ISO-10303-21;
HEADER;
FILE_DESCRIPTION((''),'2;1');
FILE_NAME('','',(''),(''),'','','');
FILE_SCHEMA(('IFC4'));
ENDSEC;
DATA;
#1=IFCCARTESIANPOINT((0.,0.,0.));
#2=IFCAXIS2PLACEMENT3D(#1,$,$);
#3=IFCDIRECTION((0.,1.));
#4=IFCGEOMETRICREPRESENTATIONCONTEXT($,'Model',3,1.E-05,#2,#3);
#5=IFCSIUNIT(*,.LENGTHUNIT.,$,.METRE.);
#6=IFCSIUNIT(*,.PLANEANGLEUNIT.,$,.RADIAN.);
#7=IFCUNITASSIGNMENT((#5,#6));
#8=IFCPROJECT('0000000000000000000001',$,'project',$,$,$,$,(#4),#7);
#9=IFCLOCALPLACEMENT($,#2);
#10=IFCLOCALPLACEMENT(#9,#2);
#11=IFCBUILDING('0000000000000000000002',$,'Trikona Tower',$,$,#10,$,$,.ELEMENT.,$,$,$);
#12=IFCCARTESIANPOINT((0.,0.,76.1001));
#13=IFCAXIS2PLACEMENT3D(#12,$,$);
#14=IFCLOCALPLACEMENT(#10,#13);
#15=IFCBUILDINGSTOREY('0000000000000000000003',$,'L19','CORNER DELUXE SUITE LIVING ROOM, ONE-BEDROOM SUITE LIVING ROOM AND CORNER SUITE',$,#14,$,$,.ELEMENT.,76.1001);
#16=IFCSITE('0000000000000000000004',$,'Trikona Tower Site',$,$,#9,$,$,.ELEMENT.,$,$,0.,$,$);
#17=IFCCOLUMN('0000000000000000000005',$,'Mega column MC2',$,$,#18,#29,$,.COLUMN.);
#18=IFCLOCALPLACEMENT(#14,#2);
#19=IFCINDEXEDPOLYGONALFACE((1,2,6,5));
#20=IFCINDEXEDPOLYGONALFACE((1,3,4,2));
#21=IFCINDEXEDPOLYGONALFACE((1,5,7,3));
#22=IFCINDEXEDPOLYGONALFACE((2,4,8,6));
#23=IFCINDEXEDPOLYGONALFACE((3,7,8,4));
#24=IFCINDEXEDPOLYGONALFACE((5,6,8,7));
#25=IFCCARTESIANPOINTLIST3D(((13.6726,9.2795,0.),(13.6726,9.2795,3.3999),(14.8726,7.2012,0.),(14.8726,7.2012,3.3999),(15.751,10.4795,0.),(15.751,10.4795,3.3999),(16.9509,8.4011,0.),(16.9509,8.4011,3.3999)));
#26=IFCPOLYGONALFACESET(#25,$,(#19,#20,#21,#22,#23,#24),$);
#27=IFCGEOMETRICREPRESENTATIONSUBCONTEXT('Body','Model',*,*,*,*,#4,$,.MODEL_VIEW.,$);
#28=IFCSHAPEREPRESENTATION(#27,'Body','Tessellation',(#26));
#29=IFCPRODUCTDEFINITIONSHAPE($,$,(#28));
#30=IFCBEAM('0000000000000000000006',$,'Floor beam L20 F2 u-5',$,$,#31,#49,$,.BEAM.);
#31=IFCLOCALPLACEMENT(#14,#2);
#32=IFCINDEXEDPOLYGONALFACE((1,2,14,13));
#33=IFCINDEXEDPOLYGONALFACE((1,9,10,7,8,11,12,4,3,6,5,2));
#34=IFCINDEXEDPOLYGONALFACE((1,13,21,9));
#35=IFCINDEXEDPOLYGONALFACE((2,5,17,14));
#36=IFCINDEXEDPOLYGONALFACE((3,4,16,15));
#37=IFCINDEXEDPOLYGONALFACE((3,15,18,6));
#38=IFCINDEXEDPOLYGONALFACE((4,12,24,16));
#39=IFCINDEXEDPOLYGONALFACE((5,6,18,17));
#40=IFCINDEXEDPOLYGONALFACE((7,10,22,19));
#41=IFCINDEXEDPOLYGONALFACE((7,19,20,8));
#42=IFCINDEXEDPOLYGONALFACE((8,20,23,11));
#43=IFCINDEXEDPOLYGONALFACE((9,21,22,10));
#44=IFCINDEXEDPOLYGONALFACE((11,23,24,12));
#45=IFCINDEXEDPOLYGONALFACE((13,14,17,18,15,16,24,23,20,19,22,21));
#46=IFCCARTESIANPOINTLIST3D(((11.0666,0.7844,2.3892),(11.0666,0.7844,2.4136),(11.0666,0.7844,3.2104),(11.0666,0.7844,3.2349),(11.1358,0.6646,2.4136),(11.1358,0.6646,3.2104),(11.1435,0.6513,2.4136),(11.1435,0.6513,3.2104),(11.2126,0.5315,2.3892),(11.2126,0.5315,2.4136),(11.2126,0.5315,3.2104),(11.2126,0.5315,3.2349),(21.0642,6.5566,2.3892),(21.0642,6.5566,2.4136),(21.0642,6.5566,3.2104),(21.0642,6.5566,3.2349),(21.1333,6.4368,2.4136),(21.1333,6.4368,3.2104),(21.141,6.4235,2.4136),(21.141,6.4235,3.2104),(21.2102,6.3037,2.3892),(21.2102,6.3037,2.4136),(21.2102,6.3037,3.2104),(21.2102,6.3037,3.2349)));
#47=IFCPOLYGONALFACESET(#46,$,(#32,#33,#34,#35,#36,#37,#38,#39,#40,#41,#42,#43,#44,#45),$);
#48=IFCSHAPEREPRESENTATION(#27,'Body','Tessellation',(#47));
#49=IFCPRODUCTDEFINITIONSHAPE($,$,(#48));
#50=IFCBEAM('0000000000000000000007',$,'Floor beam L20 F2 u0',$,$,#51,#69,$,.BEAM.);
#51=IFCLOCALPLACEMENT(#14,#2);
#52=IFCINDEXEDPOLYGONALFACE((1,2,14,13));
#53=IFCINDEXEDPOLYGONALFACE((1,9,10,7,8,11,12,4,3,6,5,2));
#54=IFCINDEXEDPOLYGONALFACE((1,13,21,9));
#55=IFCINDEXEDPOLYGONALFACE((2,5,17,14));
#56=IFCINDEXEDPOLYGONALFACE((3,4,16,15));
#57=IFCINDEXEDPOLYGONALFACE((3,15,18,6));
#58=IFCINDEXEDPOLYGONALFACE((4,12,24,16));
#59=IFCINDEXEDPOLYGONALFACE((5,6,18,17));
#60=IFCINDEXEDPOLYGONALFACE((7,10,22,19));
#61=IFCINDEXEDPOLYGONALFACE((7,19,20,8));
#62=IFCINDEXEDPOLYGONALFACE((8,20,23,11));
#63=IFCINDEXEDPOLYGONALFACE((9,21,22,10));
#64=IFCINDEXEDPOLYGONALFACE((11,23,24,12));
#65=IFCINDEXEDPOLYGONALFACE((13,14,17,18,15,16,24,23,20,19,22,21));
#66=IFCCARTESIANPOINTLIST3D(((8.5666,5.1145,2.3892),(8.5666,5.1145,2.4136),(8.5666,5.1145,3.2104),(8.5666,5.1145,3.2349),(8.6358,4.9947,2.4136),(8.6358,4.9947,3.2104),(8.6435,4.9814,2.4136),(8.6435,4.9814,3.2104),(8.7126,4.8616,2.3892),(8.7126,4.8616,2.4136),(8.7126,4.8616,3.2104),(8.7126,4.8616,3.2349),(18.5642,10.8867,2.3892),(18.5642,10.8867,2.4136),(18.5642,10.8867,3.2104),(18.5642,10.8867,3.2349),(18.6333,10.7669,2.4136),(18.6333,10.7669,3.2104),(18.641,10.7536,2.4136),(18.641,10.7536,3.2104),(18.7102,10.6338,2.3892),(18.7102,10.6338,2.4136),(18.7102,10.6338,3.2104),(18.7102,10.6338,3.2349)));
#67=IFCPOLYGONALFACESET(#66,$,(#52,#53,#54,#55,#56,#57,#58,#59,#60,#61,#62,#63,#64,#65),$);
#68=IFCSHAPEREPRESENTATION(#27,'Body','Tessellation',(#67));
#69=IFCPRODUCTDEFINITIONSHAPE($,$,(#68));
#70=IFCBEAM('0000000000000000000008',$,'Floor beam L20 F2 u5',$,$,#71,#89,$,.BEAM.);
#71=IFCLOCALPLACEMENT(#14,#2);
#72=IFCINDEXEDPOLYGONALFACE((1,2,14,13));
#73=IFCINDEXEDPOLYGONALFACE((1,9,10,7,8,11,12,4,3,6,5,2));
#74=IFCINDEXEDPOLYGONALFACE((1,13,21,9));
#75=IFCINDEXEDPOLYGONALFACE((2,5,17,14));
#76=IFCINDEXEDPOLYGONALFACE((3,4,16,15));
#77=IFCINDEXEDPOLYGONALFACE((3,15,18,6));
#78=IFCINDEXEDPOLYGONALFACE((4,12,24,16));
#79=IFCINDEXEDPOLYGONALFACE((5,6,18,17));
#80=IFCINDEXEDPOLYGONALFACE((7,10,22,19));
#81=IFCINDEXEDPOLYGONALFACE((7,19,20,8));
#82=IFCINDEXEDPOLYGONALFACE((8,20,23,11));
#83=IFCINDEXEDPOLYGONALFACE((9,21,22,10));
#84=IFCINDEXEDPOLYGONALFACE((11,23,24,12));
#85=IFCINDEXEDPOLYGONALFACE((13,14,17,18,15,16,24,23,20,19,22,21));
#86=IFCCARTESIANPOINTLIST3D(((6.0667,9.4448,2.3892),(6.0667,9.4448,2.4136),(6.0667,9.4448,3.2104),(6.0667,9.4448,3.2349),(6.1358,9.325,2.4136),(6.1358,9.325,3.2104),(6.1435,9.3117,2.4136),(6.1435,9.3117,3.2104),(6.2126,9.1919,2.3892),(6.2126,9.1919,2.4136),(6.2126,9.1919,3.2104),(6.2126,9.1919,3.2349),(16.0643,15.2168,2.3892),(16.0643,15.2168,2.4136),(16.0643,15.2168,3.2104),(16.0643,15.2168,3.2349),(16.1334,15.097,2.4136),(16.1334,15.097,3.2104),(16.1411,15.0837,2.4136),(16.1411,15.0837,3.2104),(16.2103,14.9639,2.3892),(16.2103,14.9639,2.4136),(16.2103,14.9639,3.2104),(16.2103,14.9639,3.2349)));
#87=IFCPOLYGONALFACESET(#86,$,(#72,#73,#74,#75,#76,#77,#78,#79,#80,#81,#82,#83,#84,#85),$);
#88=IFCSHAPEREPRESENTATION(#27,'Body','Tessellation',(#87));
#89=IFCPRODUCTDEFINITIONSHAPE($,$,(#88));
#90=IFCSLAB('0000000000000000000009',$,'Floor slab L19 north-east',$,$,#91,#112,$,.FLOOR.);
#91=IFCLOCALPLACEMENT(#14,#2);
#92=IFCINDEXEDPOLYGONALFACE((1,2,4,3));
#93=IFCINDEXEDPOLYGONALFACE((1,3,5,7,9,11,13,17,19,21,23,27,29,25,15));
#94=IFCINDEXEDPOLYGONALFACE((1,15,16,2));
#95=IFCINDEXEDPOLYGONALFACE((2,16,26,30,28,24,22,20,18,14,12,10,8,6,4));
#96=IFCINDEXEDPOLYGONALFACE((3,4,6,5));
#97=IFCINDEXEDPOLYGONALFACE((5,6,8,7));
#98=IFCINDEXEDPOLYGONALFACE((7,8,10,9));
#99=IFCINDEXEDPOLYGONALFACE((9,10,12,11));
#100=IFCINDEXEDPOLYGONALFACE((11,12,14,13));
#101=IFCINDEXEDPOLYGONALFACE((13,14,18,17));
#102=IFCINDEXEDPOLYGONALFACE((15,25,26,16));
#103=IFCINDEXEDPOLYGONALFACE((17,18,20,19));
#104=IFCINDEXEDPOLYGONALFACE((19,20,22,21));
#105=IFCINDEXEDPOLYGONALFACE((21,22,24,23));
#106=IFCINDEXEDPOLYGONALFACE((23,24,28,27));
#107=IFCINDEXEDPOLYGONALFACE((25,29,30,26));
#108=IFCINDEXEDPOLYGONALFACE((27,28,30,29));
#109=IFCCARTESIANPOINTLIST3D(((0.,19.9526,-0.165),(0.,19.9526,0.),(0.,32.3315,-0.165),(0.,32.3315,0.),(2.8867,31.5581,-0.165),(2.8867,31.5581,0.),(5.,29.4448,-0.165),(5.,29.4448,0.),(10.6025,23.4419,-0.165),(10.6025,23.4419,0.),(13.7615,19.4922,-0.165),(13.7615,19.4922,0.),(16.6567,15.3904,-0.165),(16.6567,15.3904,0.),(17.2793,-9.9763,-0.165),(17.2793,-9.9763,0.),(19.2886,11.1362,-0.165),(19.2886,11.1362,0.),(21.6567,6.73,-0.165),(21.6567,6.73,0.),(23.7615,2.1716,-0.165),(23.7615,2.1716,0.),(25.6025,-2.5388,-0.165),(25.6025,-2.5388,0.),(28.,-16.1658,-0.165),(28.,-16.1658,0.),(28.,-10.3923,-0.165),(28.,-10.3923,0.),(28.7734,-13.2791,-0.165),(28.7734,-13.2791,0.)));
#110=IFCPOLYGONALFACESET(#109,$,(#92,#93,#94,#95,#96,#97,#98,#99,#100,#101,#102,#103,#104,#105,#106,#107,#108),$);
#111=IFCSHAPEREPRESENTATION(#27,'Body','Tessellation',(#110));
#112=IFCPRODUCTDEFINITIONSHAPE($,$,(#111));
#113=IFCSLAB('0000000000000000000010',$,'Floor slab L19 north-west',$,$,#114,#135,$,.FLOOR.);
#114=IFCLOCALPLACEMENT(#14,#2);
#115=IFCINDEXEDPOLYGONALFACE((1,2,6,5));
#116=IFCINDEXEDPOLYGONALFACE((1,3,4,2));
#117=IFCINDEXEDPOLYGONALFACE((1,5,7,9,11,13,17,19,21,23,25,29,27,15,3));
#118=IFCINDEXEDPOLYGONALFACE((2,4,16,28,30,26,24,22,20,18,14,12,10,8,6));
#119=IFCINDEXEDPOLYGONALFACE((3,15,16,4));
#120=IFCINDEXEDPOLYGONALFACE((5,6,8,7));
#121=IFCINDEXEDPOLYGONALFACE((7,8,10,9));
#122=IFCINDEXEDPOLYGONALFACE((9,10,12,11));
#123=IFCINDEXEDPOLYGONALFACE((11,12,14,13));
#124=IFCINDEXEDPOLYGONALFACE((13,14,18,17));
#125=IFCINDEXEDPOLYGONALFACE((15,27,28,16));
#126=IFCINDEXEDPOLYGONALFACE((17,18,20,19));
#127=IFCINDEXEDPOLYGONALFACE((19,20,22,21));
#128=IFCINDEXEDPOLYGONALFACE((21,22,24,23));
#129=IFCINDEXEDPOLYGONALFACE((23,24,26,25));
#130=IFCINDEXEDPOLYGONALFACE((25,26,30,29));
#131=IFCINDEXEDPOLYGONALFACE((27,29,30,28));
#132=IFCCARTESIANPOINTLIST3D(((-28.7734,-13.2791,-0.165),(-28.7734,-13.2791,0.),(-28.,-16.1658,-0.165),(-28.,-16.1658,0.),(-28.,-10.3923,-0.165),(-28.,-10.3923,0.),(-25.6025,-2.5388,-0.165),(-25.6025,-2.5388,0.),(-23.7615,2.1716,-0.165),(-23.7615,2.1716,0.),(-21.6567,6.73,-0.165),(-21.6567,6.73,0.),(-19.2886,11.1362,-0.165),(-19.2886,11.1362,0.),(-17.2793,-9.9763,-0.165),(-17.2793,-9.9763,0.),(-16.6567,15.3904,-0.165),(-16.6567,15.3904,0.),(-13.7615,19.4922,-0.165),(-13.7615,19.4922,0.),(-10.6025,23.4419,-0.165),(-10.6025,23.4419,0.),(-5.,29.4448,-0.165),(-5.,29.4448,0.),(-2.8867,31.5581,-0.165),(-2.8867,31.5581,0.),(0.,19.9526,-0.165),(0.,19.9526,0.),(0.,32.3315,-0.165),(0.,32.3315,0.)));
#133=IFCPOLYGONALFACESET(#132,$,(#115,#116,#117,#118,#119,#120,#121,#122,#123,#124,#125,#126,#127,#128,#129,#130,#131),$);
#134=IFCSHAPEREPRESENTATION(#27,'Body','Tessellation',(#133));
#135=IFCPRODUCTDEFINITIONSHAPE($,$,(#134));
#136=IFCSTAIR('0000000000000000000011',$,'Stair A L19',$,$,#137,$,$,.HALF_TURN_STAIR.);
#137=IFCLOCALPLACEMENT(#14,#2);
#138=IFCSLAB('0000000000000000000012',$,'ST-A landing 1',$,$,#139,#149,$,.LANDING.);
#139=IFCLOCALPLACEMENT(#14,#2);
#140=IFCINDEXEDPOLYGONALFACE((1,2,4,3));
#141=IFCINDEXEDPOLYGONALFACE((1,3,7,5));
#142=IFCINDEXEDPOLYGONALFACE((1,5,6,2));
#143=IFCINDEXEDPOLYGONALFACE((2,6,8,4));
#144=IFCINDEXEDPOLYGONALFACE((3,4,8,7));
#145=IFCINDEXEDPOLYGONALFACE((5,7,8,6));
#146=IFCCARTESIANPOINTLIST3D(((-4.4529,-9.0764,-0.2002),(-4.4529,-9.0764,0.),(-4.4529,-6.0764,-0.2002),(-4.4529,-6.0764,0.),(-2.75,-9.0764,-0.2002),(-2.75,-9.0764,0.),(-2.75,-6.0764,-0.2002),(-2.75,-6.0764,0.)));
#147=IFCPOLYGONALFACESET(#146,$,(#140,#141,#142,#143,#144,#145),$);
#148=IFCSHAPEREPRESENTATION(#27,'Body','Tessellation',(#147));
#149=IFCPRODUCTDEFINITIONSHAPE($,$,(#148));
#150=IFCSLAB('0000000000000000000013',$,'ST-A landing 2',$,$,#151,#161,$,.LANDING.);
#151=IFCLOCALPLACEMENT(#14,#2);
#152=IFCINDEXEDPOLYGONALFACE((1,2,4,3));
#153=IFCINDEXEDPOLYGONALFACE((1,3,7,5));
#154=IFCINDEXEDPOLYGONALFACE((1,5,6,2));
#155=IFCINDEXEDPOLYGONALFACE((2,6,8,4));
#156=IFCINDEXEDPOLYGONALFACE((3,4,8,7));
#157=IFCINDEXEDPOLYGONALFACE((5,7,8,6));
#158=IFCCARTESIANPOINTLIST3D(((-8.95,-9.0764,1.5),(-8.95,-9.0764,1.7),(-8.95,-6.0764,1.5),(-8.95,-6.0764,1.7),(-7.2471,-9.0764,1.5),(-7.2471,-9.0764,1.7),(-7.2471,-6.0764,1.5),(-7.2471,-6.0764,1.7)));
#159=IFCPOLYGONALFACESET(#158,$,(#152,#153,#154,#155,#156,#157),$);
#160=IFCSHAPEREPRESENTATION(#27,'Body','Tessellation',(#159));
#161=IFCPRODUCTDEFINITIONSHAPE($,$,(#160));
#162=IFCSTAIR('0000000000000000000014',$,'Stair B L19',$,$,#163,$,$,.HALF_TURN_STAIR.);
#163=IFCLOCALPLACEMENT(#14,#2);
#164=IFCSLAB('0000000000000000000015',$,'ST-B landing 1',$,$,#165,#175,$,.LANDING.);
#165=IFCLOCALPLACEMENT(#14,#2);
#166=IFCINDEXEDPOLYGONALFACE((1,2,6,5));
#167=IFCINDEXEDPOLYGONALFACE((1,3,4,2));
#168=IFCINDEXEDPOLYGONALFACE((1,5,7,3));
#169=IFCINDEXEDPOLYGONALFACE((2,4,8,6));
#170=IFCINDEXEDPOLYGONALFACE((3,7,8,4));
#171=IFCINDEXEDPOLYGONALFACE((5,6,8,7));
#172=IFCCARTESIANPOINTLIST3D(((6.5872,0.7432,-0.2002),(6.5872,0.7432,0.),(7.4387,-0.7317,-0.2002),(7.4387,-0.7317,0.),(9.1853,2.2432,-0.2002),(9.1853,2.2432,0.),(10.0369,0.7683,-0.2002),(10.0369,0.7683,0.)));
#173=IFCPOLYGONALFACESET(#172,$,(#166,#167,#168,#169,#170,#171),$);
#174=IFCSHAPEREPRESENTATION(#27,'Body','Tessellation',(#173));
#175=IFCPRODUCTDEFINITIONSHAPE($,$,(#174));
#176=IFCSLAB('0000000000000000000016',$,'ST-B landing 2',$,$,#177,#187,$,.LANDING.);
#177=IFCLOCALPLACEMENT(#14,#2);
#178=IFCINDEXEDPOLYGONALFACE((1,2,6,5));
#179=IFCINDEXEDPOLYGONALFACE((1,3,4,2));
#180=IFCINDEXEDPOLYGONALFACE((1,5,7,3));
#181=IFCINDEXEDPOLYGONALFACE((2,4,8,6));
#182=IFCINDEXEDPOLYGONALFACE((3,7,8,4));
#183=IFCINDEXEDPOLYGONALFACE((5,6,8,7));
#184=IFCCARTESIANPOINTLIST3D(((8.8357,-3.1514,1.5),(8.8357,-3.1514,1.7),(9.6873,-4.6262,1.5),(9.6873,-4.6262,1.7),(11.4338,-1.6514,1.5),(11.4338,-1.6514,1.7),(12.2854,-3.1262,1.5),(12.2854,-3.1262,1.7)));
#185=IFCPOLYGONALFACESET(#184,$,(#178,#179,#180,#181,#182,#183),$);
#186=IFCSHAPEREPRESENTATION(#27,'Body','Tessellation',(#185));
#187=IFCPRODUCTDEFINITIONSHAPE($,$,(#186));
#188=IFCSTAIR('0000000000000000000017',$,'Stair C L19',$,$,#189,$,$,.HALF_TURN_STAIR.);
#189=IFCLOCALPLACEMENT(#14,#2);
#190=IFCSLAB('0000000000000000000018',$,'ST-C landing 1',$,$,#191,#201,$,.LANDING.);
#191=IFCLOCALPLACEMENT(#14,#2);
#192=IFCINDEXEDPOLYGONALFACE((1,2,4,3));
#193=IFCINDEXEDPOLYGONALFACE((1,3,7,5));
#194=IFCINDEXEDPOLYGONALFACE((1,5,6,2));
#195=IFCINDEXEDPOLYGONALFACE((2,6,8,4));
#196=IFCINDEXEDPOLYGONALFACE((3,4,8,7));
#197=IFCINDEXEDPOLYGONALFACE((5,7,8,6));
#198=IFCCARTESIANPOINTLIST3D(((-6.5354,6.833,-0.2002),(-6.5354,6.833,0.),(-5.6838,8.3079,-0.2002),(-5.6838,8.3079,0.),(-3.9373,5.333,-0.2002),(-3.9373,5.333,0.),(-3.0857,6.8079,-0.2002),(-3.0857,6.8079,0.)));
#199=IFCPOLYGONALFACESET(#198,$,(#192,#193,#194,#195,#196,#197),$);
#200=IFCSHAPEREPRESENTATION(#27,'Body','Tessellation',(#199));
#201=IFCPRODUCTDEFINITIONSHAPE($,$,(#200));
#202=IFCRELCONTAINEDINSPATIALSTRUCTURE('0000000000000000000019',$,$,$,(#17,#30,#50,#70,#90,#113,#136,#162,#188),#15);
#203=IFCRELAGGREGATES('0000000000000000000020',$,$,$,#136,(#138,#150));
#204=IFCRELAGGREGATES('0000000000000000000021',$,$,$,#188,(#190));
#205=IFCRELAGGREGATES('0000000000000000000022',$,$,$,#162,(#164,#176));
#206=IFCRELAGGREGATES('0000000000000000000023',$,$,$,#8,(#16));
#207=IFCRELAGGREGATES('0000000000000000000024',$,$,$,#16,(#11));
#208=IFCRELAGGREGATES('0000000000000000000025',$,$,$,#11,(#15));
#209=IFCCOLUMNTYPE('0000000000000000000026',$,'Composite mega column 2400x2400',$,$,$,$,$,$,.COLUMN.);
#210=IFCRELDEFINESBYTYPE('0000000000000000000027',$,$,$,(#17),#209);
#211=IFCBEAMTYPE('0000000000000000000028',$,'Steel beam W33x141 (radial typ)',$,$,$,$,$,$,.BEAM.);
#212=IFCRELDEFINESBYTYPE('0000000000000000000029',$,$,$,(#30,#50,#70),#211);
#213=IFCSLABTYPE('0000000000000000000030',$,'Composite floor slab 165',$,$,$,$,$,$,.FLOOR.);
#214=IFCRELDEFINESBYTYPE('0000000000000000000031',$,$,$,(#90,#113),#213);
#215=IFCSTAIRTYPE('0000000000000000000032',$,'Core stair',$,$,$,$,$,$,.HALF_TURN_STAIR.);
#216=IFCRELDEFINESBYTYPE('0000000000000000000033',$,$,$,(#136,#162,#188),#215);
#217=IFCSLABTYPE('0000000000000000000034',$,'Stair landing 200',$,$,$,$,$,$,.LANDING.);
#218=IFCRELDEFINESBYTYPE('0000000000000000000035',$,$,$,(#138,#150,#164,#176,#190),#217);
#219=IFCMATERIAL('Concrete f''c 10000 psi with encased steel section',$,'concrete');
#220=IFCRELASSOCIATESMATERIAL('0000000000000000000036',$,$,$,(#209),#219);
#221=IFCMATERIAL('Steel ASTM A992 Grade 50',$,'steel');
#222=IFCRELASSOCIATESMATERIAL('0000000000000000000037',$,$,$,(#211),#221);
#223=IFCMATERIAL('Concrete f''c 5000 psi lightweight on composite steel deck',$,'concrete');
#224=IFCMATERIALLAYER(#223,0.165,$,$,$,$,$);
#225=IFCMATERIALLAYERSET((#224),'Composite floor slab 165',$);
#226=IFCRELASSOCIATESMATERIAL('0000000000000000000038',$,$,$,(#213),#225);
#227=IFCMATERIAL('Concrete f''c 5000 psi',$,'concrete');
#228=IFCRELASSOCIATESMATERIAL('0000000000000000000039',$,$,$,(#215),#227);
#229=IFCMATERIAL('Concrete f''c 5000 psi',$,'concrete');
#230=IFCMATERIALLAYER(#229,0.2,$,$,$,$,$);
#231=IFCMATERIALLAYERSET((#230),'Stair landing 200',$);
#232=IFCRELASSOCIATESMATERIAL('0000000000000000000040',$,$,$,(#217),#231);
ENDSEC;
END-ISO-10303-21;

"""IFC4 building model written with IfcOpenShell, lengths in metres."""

from ifc_helpers import new_model, si_unit, direction, frame, origin, origin_2d, place, context, subcontext, project, spatial, polyline, rectangle, i_section, outline, extrude, material, layer, layer_set, material_profile, profile_set, type_object, element, aggregate, save


model = new_model("IFC4")

# Units and contexts
model_context = context("Model", 3, precision=1e-05, world=origin(), true_north=direction((0.0, 1.0)))
body_context = subcontext(model_context, "Body", "Model", "MODEL_VIEW")
ifc_project = project(units=[si_unit("LENGTHUNIT", "METRE"), si_unit("PLANEANGLEUNIT", "RADIAN")], contexts=[model_context])

# Site, building, storey
site_placement = place(None, origin())
site = spatial("IfcSite", under=ifc_project, at=site_placement, Name="Trikona Tower Site", CompositionType="ELEMENT", RefElevation=0.0)
building_placement = place(site_placement, origin())
building = spatial("IfcBuilding", under=site, at=building_placement, Name="Trikona Tower", CompositionType="ELEMENT")
storey_placement = place(building_placement, frame((0.0, 0.0, 76.1001)))
storey = spatial("IfcBuildingStorey", under=building, at=storey_placement, Name="L19", Description="CORNER DELUXE SUITE LIVING ROOM, ONE-BEDROOM SUITE LIVING ROOM AND CORNER SUITE", CompositionType="ELEMENT", Elevation=76.1001)

# Column
ifc_material_1 = material(Name="Concrete f'c 10000 psi with encased steel section", Category="concrete")
ifc_material_profile_1 = material_profile(ifc_material_1, rectangle(XDim=2.3999, YDim=2.3999, at=origin_2d()), Name="MC2400")
ifc_profile_set_1 = profile_set([ifc_material_profile_1], Name="Concrete f'c 10000 psi with encased steel section")
column_type = type_object("IfcColumnType", Name="Composite mega column 2400x2400", PredefinedType="COLUMN", material=ifc_profile_set_1)
column_placement = place(storey_placement, frame((15.3118, 8.8403, 0.0), z_axis=(0.0, 0.0, 1.0), x_axis=(0.866025, 0.5, 0.0)))
element("IfcColumn", 1, at=column_placement, inside=storey, type_object=column_type, Name="Mega column MC2", PredefinedType="COLUMN", context=body_context, shape_type="SweptSolid", body=[
    extrude(rectangle(XDim=2.3999, YDim=2.3999, at=origin_2d()), origin(), (0.0, 0.0, 1.0), 3.3999),
])

# Beams
ifc_material_2 = material(Name="Steel ASTM A992 Grade 50", Category="steel")
ifc_material_profile_2 = material_profile(ifc_material_2, i_section(OverallWidth=0.292, OverallDepth=0.8457, WebThickness=0.0154, FlangeThickness=0.0244, at=origin_2d()), Name="W33X141")
ifc_profile_set_2 = profile_set([ifc_material_profile_2], Name="Steel ASTM A992 Grade 50")
beam_type = type_object("IfcBeamType", Name="Steel beam W33x141 (radial typ)", PredefinedType="BEAM", material=ifc_profile_set_2)
for number, where, z_axis, x_axis, name in (
    (2, (11.1396, 0.658, 2.812), (0.866021, 0.500008, 0.0), (-0.500008, 0.866021, 0.0), "Floor beam L20 F2 u-5"),
    (3, (8.6396, 4.988, 2.812), (0.866021, 0.500008, 0.0), (-0.500008, 0.866021, 0.0), "Floor beam L20 F2 u0"),
    (4, (6.1396, 9.3184, 2.812), (0.86603, 0.499992, 0.0), (-0.499992, 0.86603, 0.0), "Floor beam L20 F2 u5"),
):
    element("IfcBeam", number, at=place(storey_placement, frame(where, z_axis=z_axis, x_axis=x_axis)), inside=storey, type_object=beam_type, Name=name, PredefinedType="BEAM", context=body_context, shape_type="SweptSolid", body=[
        extrude(i_section(OverallWidth=0.292, OverallDepth=0.8457, WebThickness=0.0154, FlangeThickness=0.0244, at=origin_2d()), origin(), (0.0, 0.0, 1.0), 11.5442),
    ])

# Slabs
ifc_material_3 = material(Name="Concrete f'c 5000 psi lightweight on composite steel deck", Category="concrete")
ifc_layer_1 = layer(ifc_material_3, 0.165)
ifc_layer_set_1 = layer_set([ifc_layer_1], Name="Composite floor slab 165")
slab_type_1 = type_object("IfcSlabType", Name="Composite floor slab 165", PredefinedType="FLOOR", material=ifc_layer_set_1)
slab_1_placement = place(storey_placement, frame((0.0, 0.0, -0.165)))
element("IfcSlab", 5, at=slab_1_placement, inside=storey, type_object=slab_type_1, Name="Floor slab L19 north-east", PredefinedType="FLOOR", context=body_context, shape_type="SweptSolid", body=[
    extrude(outline(polyline([(2.8867, 31.5581), (0.0, 32.3315), (0.0, 19.9526), (17.2793, -9.9763), (28.0, -16.1658), (28.7734, -13.2791), (28.0, -10.3923), (25.6025, -2.5388), (23.7615, 2.1716), (21.6567, 6.73), (19.2886, 11.1362), (16.6567, 15.3904), (13.7615, 19.4922), (10.6025, 23.4419), (5.0, 29.4448), (2.8867, 31.5581)])), origin(), (0.0, 0.0, 1.0), 0.165),
])
slab_2_placement = place(storey_placement, frame((0.0, 0.0, -0.165)))
element("IfcSlab", 6, at=slab_2_placement, inside=storey, type_object=slab_type_1, Name="Floor slab L19 north-west", PredefinedType="FLOOR", context=body_context, shape_type="SweptSolid", body=[
    extrude(outline(polyline([(0.0, 19.9526), (0.0, 32.3315), (-2.8867, 31.5581), (-5.0, 29.4448), (-10.6025, 23.4419), (-13.7615, 19.4922), (-16.6567, 15.3904), (-19.2886, 11.1362), (-21.6567, 6.73), (-23.7615, 2.1716), (-25.6025, -2.5388), (-28.0, -10.3923), (-28.7734, -13.2791), (-28.0, -16.1658), (-17.2793, -9.9763), (0.0, 19.9526)])), origin(), (0.0, 0.0, 1.0), 0.165),
])

# Stairs, slabs
ifc_material_4 = material(Name="Concrete f'c 5000 psi", Category="concrete")
stair_type = type_object("IfcStairType", Name="Core stair", PredefinedType="HALF_TURN_STAIR", material=ifc_material_4)
stair_1_placement = place(storey_placement, origin())
stair_1 = element("IfcStair", 7, at=stair_1_placement, inside=storey, type_object=stair_type, Name="Stair A L19", PredefinedType="HALF_TURN_STAIR")
ifc_material_5 = material(Name="Concrete f'c 5000 psi", Category="concrete")
ifc_layer_2 = layer(ifc_material_5, 0.2)
ifc_layer_set_2 = layer_set([ifc_layer_2], Name="Stair landing 200")
slab_type_2 = type_object("IfcSlabType", Name="Stair landing 200", PredefinedType="LANDING", material=ifc_layer_set_2)
slab_3_placement = place(storey_placement, frame((0.0, 0.0, -0.2002)))
slab_3 = element("IfcSlab", 8, at=slab_3_placement, type_object=slab_type_2, Name="ST-A landing 1", PredefinedType="LANDING", context=body_context, shape_type="SweptSolid", body=[
    extrude(outline(polyline([(-4.4529, -6.0764), (-2.75, -6.0764), (-2.75, -9.0764), (-4.4529, -9.0764), (-4.4529, -6.0764)])), origin(), (0.0, 0.0, 1.0), 0.2002),
])
slab_4_placement = place(storey_placement, frame((0.0, 0.0, 1.5)))
slab_4 = element("IfcSlab", 9, at=slab_4_placement, type_object=slab_type_2, Name="ST-A landing 2", PredefinedType="LANDING", context=body_context, shape_type="SweptSolid", body=[
    extrude(outline(polyline([(-8.95, -6.0764), (-7.2471, -6.0764), (-7.2471, -9.0764), (-8.95, -9.0764), (-8.95, -6.0764)])), origin(), (0.0, 0.0, 1.0), 0.2),
])
aggregate(stair_1, [slab_3, slab_4])
stair_2_placement = place(storey_placement, origin())
stair_2 = element("IfcStair", 10, at=stair_2_placement, inside=storey, type_object=stair_type, Name="Stair B L19", PredefinedType="HALF_TURN_STAIR")
slab_5_placement = place(storey_placement, frame((0.0, 0.0, -0.2002)))
slab_5 = element("IfcSlab", 11, at=slab_5_placement, type_object=slab_type_2, Name="ST-B landing 1", PredefinedType="LANDING", context=body_context, shape_type="SweptSolid", body=[
    extrude(outline(polyline([(7.4387, -0.7317), (6.5872, 0.7432), (9.1853, 2.2432), (10.0369, 0.7683), (7.4387, -0.7317)])), origin(), (0.0, 0.0, 1.0), 0.2002),
])
slab_6_placement = place(storey_placement, frame((0.0, 0.0, 1.5)))
slab_6 = element("IfcSlab", 12, at=slab_6_placement, type_object=slab_type_2, Name="ST-B landing 2", PredefinedType="LANDING", context=body_context, shape_type="SweptSolid", body=[
    extrude(outline(polyline([(9.6873, -4.6262), (8.8357, -3.1514), (11.4338, -1.6514), (12.2854, -3.1262), (9.6873, -4.6262)])), origin(), (0.0, 0.0, 1.0), 0.2),
])
stair_3_placement = place(storey_placement, origin())
stair_3 = element("IfcStair", 13, at=stair_3_placement, inside=storey, type_object=stair_type, Name="Stair C L19", PredefinedType="HALF_TURN_STAIR")
slab_7_placement = place(storey_placement, frame((0.0, 0.0, -0.2002)))
slab_7 = element("IfcSlab", 14, at=slab_7_placement, type_object=slab_type_2, Name="ST-C landing 1", PredefinedType="LANDING", context=body_context, shape_type="SweptSolid", body=[
    extrude(outline(polyline([(-3.0857, 6.8079), (-3.9373, 5.333), (-6.5354, 6.833), (-5.6838, 8.3079), (-3.0857, 6.8079)])), origin(), (0.0, 0.0, 1.0), 0.2002),
])
aggregate(stair_3, [slab_7])

aggregate(stair_2, [slab_5, slab_6])

save(model, "model.ifc")
